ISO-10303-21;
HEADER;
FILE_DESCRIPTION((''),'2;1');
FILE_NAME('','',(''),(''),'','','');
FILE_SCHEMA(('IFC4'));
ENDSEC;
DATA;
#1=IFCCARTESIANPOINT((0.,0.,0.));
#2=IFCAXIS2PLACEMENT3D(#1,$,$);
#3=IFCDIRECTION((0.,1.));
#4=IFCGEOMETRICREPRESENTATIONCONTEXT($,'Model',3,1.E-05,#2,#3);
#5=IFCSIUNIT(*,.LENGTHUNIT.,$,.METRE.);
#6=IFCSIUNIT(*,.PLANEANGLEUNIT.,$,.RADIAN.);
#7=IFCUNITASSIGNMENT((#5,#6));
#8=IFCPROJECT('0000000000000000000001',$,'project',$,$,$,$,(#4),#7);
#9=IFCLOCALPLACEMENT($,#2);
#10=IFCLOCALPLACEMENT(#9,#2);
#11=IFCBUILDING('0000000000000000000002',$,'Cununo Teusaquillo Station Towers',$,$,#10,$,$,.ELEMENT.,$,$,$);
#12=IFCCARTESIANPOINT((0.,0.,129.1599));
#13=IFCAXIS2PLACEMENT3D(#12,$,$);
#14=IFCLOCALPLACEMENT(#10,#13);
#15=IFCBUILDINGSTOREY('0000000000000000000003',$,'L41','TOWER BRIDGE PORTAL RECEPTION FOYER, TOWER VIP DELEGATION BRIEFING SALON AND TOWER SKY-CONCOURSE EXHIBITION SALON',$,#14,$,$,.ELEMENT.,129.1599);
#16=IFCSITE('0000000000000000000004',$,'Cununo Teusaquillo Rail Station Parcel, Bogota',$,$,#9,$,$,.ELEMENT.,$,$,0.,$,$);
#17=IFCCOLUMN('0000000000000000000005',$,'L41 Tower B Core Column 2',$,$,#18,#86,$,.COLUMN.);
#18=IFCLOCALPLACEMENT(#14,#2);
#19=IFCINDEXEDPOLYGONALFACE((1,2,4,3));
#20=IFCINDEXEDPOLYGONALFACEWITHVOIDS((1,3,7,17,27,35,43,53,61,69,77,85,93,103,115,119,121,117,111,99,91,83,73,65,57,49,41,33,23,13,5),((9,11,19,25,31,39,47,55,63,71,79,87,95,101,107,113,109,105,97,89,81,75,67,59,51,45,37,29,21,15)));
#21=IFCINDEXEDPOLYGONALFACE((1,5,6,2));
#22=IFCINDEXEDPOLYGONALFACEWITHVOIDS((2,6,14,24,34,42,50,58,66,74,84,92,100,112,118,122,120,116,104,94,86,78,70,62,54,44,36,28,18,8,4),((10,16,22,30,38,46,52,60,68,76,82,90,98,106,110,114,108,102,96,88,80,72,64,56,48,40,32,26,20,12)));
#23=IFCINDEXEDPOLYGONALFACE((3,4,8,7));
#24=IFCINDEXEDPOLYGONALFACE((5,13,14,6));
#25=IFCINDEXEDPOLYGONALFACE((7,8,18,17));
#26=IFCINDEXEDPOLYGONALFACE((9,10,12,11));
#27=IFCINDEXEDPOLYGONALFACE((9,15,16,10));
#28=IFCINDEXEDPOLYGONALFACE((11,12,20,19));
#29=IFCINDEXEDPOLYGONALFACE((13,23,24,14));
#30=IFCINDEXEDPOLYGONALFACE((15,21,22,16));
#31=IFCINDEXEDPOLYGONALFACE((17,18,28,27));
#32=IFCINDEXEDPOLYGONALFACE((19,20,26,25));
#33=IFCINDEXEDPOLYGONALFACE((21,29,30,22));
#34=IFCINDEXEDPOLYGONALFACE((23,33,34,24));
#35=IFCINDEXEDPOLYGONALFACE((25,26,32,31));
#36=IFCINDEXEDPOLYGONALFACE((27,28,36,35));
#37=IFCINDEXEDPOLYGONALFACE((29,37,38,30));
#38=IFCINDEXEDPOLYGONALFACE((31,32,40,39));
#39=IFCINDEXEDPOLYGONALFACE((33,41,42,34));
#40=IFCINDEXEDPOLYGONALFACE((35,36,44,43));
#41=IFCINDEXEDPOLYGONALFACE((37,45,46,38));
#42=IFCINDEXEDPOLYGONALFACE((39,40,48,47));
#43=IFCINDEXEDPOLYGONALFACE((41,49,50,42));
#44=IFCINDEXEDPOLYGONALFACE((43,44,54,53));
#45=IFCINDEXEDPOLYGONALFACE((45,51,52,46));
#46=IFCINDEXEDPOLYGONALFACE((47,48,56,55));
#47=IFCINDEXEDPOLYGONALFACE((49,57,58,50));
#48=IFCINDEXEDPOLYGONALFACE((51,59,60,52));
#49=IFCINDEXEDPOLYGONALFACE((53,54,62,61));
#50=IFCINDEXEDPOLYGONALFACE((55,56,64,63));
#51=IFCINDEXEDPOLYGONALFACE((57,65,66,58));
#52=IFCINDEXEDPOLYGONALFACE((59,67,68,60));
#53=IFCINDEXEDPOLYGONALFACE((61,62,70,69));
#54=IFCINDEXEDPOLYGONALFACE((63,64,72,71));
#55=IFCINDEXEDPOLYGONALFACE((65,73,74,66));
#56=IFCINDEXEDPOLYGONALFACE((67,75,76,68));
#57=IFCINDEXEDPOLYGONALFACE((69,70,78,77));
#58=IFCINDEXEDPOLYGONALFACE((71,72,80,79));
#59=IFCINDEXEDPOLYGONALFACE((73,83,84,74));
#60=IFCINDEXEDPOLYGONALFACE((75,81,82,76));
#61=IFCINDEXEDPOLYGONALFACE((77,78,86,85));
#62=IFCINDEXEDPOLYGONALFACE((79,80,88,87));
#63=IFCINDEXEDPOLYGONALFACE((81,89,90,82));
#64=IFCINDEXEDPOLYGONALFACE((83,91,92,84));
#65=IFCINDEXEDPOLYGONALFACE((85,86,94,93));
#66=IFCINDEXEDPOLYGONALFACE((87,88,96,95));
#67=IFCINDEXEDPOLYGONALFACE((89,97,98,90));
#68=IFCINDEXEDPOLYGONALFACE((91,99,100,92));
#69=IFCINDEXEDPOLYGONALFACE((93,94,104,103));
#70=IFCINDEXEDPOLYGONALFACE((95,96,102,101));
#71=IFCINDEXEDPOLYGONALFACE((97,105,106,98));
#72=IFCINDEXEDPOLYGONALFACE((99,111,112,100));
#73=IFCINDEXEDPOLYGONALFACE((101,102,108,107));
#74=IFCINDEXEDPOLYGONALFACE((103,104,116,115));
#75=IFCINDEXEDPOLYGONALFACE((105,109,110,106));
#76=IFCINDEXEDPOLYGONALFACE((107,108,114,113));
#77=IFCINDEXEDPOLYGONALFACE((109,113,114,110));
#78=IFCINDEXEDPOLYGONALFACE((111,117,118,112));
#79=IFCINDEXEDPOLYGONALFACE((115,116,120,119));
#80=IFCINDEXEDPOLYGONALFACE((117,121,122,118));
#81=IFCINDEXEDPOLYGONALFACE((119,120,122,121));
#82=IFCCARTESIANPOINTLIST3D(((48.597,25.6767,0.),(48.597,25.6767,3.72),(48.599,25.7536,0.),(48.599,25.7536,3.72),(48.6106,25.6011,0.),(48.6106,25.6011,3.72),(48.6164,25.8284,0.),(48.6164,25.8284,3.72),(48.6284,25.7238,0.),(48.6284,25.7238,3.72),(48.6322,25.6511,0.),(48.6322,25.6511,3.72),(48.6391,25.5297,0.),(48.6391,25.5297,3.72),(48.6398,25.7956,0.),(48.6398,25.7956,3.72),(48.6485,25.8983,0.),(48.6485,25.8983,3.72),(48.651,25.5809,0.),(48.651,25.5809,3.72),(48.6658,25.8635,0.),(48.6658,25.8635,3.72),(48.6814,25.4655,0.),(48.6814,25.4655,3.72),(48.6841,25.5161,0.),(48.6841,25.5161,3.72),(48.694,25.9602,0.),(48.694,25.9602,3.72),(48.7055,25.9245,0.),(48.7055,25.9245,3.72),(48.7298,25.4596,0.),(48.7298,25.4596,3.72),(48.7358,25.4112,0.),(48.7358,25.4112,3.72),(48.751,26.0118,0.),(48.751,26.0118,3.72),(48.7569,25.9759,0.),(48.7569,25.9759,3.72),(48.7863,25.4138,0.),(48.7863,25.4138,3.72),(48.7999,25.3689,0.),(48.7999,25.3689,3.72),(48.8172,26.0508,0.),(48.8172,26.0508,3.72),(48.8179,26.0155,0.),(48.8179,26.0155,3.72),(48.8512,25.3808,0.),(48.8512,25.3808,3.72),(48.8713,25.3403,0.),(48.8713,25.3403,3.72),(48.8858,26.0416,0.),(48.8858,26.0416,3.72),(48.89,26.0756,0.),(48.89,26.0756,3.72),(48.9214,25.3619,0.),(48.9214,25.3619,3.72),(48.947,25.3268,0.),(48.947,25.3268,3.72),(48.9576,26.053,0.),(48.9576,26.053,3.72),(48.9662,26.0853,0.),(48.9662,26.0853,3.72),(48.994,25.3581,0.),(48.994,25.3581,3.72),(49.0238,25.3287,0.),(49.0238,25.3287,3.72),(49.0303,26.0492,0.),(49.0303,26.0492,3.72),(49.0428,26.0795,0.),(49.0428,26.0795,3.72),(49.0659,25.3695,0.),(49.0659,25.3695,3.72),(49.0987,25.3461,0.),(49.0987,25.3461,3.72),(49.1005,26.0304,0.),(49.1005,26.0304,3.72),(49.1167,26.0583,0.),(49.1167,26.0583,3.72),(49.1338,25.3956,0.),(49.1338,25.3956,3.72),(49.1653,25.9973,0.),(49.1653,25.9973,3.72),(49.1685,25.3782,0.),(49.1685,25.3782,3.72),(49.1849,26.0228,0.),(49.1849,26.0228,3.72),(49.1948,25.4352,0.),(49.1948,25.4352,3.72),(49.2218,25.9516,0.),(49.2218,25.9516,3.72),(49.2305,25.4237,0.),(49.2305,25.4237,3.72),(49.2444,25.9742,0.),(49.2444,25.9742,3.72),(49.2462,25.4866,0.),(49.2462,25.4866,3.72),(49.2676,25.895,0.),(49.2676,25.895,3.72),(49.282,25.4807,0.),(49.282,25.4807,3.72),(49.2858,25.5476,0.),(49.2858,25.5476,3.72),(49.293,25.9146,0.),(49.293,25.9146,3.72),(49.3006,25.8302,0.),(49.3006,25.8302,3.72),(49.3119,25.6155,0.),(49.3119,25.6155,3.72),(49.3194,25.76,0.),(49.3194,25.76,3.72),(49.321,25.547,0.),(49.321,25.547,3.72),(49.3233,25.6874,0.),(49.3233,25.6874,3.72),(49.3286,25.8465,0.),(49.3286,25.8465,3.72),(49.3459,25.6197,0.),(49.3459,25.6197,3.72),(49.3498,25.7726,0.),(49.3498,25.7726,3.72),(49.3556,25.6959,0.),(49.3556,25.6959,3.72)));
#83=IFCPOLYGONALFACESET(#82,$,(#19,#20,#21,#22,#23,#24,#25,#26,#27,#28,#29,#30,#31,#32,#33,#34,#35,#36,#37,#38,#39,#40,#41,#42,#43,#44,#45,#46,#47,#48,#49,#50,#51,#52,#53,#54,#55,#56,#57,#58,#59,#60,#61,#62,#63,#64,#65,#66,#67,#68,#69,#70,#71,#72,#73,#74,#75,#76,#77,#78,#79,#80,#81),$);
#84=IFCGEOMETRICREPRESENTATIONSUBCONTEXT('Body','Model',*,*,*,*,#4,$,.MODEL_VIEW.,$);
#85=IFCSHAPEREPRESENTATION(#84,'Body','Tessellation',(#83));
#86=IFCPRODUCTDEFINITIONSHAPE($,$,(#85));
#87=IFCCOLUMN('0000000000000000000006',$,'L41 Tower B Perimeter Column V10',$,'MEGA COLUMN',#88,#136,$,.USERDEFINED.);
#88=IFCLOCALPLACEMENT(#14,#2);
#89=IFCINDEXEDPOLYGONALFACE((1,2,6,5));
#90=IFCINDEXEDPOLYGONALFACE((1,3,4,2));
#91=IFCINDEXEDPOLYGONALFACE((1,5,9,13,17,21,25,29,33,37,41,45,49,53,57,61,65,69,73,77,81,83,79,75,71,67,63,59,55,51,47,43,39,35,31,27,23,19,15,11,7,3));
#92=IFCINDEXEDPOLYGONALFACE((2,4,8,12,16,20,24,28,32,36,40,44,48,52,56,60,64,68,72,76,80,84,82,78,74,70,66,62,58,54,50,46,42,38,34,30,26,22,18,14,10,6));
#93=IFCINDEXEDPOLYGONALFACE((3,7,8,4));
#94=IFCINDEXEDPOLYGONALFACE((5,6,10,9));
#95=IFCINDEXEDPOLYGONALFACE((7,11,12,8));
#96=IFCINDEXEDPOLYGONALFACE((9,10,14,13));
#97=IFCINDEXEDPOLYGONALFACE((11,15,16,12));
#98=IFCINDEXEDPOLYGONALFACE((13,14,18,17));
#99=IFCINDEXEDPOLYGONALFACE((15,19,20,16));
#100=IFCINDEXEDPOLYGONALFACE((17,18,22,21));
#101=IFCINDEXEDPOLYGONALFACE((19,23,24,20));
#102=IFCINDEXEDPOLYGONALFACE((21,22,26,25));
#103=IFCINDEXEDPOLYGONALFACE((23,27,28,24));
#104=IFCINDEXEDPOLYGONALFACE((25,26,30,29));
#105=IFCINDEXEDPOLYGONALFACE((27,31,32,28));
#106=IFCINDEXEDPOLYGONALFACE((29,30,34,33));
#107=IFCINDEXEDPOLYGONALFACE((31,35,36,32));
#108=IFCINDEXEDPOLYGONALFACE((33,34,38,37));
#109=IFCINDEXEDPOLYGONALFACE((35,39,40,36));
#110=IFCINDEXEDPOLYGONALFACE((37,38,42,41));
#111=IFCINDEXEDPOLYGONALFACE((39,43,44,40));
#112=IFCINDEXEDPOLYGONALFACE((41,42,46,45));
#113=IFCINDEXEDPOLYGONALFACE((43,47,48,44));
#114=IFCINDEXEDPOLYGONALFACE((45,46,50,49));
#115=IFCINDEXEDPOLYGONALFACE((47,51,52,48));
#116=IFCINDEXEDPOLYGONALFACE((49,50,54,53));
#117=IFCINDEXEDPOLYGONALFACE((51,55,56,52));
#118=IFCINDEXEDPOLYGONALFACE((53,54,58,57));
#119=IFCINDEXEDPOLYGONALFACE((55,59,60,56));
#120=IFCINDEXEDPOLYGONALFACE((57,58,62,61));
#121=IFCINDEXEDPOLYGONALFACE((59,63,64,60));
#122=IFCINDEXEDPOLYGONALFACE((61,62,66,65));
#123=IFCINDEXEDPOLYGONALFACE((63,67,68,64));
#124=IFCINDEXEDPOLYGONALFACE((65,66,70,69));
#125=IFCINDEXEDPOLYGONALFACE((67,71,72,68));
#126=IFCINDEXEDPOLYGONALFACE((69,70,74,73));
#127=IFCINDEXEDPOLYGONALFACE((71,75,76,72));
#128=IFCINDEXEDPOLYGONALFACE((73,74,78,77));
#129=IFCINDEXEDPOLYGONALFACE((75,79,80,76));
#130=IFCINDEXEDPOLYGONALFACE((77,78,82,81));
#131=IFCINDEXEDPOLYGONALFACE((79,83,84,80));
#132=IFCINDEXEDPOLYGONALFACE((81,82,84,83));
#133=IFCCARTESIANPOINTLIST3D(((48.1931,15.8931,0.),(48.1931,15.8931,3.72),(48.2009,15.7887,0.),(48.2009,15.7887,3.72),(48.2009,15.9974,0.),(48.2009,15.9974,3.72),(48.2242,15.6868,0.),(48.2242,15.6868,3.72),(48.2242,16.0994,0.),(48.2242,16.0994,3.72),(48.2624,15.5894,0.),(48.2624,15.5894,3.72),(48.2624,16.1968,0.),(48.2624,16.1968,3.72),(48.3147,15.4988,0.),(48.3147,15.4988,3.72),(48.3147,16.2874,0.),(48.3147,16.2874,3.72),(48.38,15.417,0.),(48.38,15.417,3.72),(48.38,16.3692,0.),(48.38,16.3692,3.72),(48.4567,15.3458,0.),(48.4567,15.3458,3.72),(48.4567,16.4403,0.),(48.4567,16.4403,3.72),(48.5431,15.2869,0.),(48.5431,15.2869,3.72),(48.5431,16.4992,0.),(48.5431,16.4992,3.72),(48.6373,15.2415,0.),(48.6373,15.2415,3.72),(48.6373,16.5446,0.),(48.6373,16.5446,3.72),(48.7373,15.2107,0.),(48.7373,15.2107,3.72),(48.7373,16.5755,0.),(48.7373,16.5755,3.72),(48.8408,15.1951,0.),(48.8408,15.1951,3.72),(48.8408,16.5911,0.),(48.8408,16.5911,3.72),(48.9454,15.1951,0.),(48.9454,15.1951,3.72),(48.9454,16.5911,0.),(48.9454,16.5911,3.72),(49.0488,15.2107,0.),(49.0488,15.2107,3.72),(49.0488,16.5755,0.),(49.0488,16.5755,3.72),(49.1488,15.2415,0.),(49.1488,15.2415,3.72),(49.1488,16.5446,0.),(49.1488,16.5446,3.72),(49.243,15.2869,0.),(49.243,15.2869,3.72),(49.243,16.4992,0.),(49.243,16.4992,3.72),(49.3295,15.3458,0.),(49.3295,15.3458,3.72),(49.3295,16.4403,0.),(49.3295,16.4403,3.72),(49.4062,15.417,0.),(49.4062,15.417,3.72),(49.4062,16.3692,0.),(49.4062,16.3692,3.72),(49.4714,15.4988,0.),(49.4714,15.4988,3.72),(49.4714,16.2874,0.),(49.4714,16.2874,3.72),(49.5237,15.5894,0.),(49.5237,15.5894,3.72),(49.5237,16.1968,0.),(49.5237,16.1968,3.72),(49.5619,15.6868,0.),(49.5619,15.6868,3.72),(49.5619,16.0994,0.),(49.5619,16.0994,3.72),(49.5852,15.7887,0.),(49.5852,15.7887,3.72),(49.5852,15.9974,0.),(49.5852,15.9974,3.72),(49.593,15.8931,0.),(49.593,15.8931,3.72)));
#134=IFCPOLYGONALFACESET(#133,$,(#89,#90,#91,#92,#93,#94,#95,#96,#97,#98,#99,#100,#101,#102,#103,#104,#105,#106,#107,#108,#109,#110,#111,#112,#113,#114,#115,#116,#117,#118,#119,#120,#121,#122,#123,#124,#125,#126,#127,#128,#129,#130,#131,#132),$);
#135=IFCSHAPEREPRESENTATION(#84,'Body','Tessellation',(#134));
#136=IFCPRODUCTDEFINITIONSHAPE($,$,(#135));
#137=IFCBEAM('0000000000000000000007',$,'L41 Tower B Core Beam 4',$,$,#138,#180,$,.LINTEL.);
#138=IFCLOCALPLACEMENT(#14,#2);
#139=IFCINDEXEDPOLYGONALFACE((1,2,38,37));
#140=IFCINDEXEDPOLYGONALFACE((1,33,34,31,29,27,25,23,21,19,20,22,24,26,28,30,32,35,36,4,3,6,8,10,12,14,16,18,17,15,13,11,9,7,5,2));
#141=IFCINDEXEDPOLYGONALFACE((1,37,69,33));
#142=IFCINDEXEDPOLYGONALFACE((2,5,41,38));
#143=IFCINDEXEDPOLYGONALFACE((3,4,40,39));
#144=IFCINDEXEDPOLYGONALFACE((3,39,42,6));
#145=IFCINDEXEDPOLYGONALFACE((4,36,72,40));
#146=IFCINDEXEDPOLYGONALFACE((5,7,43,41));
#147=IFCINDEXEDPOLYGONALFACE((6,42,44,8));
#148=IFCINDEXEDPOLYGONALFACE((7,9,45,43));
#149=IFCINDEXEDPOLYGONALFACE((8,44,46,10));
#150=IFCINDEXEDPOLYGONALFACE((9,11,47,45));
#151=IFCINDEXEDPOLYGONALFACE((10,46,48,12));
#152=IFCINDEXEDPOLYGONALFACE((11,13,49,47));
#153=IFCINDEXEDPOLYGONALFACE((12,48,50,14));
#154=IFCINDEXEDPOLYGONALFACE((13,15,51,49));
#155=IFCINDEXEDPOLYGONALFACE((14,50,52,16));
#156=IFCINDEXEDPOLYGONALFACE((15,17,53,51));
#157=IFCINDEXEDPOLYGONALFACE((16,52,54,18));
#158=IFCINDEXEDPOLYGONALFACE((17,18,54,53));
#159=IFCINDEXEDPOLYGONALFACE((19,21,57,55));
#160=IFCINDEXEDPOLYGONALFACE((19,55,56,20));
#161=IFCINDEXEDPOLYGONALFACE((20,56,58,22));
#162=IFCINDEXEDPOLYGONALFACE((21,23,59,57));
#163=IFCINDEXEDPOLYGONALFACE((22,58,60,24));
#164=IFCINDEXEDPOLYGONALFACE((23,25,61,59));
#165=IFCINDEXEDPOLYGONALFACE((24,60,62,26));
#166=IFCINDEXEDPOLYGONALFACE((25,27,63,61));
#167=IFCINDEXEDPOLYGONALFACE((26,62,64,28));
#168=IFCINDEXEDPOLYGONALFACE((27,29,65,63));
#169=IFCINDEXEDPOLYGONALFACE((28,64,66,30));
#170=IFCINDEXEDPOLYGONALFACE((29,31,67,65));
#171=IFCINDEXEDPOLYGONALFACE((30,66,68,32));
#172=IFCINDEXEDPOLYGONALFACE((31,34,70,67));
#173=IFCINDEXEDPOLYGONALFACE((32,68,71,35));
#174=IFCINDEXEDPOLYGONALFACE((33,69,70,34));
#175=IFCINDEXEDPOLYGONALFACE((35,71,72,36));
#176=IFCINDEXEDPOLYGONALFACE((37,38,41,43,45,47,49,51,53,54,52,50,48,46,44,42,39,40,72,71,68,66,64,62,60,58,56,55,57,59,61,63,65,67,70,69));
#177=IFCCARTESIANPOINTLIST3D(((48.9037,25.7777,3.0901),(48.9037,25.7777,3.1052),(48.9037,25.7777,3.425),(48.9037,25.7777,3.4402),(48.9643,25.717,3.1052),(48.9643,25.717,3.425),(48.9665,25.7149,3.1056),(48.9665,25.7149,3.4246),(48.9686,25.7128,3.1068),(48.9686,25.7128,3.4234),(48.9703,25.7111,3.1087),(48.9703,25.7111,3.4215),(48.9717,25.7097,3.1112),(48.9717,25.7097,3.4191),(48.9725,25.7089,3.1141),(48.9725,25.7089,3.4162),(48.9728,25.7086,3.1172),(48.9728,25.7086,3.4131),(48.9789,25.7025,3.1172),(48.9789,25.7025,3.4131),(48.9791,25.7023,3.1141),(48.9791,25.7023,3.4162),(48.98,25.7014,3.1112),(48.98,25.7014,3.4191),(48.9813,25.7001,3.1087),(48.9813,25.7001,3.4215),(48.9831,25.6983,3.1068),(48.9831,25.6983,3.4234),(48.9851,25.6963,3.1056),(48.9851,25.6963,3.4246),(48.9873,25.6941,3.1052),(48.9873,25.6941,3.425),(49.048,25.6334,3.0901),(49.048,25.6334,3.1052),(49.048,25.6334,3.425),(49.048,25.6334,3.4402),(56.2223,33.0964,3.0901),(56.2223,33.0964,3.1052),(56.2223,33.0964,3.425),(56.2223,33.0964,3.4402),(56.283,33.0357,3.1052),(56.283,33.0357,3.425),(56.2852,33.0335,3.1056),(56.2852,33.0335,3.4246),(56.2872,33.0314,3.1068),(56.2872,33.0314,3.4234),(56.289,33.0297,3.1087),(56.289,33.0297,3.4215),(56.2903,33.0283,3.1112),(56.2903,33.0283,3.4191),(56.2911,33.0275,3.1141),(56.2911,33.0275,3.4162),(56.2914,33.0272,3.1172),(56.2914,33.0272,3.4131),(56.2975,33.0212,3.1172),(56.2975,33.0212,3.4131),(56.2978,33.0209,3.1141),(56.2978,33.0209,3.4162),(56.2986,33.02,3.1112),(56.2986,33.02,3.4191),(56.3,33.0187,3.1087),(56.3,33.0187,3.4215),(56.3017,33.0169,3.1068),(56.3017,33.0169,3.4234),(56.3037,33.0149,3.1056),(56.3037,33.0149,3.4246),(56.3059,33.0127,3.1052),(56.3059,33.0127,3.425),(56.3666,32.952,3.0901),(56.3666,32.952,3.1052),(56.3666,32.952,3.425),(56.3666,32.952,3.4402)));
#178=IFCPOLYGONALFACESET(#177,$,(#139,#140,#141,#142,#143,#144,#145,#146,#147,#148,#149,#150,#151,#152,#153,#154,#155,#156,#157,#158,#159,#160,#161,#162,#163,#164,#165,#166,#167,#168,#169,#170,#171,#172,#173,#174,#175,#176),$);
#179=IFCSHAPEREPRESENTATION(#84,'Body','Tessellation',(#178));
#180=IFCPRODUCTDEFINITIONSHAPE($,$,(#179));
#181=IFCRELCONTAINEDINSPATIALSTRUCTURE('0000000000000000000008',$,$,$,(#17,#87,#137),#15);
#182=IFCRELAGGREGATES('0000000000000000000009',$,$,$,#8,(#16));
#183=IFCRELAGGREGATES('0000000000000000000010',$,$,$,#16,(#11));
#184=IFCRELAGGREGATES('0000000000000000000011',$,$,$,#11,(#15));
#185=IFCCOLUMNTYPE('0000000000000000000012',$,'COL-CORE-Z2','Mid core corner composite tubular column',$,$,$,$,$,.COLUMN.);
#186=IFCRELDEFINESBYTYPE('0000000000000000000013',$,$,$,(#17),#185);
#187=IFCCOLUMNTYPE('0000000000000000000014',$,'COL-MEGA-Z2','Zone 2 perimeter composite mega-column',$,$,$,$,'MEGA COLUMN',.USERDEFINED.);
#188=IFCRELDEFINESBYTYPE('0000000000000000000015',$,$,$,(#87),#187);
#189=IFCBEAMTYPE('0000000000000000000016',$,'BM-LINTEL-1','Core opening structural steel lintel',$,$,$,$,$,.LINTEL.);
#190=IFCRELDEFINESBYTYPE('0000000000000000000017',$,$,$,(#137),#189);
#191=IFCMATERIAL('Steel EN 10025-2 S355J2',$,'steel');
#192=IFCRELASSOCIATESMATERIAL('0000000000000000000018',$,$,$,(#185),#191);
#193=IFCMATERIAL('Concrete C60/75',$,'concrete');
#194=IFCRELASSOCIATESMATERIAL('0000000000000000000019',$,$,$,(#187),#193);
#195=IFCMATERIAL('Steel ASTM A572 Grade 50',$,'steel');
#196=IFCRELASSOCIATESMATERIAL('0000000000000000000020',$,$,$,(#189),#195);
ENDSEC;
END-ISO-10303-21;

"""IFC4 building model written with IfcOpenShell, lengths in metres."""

from ifc_helpers import new_model, si_unit, direction, frame, origin, origin_2d, place, context, subcontext, project, spatial, circle, hollow_circle, i_section, extrude, material, material_profile, profile_set, type_object, element, save


model = new_model("IFC4")

# Units and contexts
model_context = context("Model", 3, precision=1e-05, world=origin(), true_north=direction((0.0, 1.0)))
body_context = subcontext(model_context, "Body", "Model", "MODEL_VIEW")
ifc_project = project(units=[si_unit("LENGTHUNIT", "METRE"), si_unit("PLANEANGLEUNIT", "RADIAN")], contexts=[model_context])

# Site, building, storey
site_placement = place(None, origin())
site = spatial("IfcSite", under=ifc_project, at=site_placement, Name="Cununo Teusaquillo Rail Station Parcel, Bogota", CompositionType="ELEMENT", RefElevation=0.0)
building_placement = place(site_placement, origin())
building = spatial("IfcBuilding", under=site, at=building_placement, Name="Cununo Teusaquillo Station Towers", CompositionType="ELEMENT")
storey_placement = place(building_placement, frame((0.0, 0.0, 129.1599)))
storey = spatial("IfcBuildingStorey", under=building, at=storey_placement, Name="L41", Description="TOWER BRIDGE PORTAL RECEPTION FOYER, TOWER VIP DELEGATION BRIEFING SALON AND TOWER SKY-CONCOURSE EXHIBITION SALON", CompositionType="ELEMENT", Elevation=129.1599)

# Columns
ifc_material_1 = material(Name="Steel EN 10025-2 S355J2", Category="steel")
ifc_material_profile_1 = material_profile(ifc_material_1, hollow_circle(Radius=0.3799, WallThickness=0.032, at=origin_2d()), Name="CHS 760x32")
ifc_profile_set_1 = profile_set([ifc_material_profile_1], Name="Steel EN 10025-2 S355J2")
column_type_1 = type_object("IfcColumnType", Name="COL-CORE-Z2", Description="Mid core corner composite tubular column", PredefinedType="COLUMN", material=ifc_profile_set_1)
column_1_placement = place(storey_placement, frame((48.9758, 25.7056, 0.0), z_axis=(0.0, 0.0, 1.0), x_axis=(0.707107, 0.707107, 0.0)))
element("IfcColumn", 1, at=column_1_placement, inside=storey, type_object=column_type_1, Name="L41 Tower B Core Column 2", PredefinedType="COLUMN", context=body_context, shape_type="SweptSolid", body=[
    extrude(hollow_circle(Radius=0.3799, WallThickness=0.032, at=origin_2d()), origin(), (0.0, 0.0, 1.0), 3.72),
])
ifc_material_2 = material(Name="Concrete C60/75", Category="concrete")
ifc_material_profile_2 = material_profile(ifc_material_2, circle(Radius=0.7, at=origin_2d()), Name="RC-CIRC-1400")
ifc_profile_set_2 = profile_set([ifc_material_profile_2], Name="Concrete C60/75")
column_type_2 = type_object("IfcColumnType", Name="COL-MEGA-Z2", Description="Zone 2 perimeter composite mega-column", ElementType="MEGA COLUMN", PredefinedType="USERDEFINED", material=ifc_profile_set_2)
column_2_placement = place(storey_placement, frame((48.8931, 15.8931, 0.0), z_axis=(0.0, 0.0, 1.0), x_axis=(1.0, 0.0, 0.0)))
element("IfcColumn", 2, at=column_2_placement, inside=storey, type_object=column_type_2, Name="L41 Tower B Perimeter Column V10", ObjectType="MEGA COLUMN", PredefinedType="USERDEFINED", context=body_context, shape_type="SweptSolid", body=[
    extrude(circle(Radius=0.7, at=origin_2d()), origin(), (0.0, 0.0, 1.0), 3.72),
])

# Beam
ifc_material_3 = material(Name="Steel ASTM A572 Grade 50", Category="steel")
ifc_material_profile_3 = material_profile(ifc_material_3, i_section(OverallWidth=0.2041, OverallDepth=0.3501, WebThickness=0.0085, FlangeThickness=0.0151, FilletRadius=0.012, at=origin_2d()), Name="W14X48")
ifc_profile_set_3 = profile_set([ifc_material_profile_3], Name="Steel ASTM A572 Grade 50")
beam_type_1 = type_object("IfcBeamType", Name="BM-LINTEL-1", Description="Core opening structural steel lintel", PredefinedType="LINTEL", material=ifc_profile_set_3)
beam_1_placement = place(storey_placement, frame((48.9758, 25.7056, 3.2651), z_axis=(0.707107, 0.707107, 0.0), x_axis=(-0.707107, 0.707107, 0.0)))
element("IfcBeam", 3, at=beam_1_placement, inside=storey, type_object=beam_type_1, Name="L41 Tower B Core Beam 4", PredefinedType="LINTEL", context=body_context, shape_type="SweptSolid", body=[
    extrude(i_section(OverallWidth=0.2041, OverallDepth=0.3501, WebThickness=0.0085, FlangeThickness=0.0151, FilletRadius=0.012, at=origin_2d()), origin(), (0.0, 0.0, 1.0), 10.3501),
])

save(model, "model.ifc")
